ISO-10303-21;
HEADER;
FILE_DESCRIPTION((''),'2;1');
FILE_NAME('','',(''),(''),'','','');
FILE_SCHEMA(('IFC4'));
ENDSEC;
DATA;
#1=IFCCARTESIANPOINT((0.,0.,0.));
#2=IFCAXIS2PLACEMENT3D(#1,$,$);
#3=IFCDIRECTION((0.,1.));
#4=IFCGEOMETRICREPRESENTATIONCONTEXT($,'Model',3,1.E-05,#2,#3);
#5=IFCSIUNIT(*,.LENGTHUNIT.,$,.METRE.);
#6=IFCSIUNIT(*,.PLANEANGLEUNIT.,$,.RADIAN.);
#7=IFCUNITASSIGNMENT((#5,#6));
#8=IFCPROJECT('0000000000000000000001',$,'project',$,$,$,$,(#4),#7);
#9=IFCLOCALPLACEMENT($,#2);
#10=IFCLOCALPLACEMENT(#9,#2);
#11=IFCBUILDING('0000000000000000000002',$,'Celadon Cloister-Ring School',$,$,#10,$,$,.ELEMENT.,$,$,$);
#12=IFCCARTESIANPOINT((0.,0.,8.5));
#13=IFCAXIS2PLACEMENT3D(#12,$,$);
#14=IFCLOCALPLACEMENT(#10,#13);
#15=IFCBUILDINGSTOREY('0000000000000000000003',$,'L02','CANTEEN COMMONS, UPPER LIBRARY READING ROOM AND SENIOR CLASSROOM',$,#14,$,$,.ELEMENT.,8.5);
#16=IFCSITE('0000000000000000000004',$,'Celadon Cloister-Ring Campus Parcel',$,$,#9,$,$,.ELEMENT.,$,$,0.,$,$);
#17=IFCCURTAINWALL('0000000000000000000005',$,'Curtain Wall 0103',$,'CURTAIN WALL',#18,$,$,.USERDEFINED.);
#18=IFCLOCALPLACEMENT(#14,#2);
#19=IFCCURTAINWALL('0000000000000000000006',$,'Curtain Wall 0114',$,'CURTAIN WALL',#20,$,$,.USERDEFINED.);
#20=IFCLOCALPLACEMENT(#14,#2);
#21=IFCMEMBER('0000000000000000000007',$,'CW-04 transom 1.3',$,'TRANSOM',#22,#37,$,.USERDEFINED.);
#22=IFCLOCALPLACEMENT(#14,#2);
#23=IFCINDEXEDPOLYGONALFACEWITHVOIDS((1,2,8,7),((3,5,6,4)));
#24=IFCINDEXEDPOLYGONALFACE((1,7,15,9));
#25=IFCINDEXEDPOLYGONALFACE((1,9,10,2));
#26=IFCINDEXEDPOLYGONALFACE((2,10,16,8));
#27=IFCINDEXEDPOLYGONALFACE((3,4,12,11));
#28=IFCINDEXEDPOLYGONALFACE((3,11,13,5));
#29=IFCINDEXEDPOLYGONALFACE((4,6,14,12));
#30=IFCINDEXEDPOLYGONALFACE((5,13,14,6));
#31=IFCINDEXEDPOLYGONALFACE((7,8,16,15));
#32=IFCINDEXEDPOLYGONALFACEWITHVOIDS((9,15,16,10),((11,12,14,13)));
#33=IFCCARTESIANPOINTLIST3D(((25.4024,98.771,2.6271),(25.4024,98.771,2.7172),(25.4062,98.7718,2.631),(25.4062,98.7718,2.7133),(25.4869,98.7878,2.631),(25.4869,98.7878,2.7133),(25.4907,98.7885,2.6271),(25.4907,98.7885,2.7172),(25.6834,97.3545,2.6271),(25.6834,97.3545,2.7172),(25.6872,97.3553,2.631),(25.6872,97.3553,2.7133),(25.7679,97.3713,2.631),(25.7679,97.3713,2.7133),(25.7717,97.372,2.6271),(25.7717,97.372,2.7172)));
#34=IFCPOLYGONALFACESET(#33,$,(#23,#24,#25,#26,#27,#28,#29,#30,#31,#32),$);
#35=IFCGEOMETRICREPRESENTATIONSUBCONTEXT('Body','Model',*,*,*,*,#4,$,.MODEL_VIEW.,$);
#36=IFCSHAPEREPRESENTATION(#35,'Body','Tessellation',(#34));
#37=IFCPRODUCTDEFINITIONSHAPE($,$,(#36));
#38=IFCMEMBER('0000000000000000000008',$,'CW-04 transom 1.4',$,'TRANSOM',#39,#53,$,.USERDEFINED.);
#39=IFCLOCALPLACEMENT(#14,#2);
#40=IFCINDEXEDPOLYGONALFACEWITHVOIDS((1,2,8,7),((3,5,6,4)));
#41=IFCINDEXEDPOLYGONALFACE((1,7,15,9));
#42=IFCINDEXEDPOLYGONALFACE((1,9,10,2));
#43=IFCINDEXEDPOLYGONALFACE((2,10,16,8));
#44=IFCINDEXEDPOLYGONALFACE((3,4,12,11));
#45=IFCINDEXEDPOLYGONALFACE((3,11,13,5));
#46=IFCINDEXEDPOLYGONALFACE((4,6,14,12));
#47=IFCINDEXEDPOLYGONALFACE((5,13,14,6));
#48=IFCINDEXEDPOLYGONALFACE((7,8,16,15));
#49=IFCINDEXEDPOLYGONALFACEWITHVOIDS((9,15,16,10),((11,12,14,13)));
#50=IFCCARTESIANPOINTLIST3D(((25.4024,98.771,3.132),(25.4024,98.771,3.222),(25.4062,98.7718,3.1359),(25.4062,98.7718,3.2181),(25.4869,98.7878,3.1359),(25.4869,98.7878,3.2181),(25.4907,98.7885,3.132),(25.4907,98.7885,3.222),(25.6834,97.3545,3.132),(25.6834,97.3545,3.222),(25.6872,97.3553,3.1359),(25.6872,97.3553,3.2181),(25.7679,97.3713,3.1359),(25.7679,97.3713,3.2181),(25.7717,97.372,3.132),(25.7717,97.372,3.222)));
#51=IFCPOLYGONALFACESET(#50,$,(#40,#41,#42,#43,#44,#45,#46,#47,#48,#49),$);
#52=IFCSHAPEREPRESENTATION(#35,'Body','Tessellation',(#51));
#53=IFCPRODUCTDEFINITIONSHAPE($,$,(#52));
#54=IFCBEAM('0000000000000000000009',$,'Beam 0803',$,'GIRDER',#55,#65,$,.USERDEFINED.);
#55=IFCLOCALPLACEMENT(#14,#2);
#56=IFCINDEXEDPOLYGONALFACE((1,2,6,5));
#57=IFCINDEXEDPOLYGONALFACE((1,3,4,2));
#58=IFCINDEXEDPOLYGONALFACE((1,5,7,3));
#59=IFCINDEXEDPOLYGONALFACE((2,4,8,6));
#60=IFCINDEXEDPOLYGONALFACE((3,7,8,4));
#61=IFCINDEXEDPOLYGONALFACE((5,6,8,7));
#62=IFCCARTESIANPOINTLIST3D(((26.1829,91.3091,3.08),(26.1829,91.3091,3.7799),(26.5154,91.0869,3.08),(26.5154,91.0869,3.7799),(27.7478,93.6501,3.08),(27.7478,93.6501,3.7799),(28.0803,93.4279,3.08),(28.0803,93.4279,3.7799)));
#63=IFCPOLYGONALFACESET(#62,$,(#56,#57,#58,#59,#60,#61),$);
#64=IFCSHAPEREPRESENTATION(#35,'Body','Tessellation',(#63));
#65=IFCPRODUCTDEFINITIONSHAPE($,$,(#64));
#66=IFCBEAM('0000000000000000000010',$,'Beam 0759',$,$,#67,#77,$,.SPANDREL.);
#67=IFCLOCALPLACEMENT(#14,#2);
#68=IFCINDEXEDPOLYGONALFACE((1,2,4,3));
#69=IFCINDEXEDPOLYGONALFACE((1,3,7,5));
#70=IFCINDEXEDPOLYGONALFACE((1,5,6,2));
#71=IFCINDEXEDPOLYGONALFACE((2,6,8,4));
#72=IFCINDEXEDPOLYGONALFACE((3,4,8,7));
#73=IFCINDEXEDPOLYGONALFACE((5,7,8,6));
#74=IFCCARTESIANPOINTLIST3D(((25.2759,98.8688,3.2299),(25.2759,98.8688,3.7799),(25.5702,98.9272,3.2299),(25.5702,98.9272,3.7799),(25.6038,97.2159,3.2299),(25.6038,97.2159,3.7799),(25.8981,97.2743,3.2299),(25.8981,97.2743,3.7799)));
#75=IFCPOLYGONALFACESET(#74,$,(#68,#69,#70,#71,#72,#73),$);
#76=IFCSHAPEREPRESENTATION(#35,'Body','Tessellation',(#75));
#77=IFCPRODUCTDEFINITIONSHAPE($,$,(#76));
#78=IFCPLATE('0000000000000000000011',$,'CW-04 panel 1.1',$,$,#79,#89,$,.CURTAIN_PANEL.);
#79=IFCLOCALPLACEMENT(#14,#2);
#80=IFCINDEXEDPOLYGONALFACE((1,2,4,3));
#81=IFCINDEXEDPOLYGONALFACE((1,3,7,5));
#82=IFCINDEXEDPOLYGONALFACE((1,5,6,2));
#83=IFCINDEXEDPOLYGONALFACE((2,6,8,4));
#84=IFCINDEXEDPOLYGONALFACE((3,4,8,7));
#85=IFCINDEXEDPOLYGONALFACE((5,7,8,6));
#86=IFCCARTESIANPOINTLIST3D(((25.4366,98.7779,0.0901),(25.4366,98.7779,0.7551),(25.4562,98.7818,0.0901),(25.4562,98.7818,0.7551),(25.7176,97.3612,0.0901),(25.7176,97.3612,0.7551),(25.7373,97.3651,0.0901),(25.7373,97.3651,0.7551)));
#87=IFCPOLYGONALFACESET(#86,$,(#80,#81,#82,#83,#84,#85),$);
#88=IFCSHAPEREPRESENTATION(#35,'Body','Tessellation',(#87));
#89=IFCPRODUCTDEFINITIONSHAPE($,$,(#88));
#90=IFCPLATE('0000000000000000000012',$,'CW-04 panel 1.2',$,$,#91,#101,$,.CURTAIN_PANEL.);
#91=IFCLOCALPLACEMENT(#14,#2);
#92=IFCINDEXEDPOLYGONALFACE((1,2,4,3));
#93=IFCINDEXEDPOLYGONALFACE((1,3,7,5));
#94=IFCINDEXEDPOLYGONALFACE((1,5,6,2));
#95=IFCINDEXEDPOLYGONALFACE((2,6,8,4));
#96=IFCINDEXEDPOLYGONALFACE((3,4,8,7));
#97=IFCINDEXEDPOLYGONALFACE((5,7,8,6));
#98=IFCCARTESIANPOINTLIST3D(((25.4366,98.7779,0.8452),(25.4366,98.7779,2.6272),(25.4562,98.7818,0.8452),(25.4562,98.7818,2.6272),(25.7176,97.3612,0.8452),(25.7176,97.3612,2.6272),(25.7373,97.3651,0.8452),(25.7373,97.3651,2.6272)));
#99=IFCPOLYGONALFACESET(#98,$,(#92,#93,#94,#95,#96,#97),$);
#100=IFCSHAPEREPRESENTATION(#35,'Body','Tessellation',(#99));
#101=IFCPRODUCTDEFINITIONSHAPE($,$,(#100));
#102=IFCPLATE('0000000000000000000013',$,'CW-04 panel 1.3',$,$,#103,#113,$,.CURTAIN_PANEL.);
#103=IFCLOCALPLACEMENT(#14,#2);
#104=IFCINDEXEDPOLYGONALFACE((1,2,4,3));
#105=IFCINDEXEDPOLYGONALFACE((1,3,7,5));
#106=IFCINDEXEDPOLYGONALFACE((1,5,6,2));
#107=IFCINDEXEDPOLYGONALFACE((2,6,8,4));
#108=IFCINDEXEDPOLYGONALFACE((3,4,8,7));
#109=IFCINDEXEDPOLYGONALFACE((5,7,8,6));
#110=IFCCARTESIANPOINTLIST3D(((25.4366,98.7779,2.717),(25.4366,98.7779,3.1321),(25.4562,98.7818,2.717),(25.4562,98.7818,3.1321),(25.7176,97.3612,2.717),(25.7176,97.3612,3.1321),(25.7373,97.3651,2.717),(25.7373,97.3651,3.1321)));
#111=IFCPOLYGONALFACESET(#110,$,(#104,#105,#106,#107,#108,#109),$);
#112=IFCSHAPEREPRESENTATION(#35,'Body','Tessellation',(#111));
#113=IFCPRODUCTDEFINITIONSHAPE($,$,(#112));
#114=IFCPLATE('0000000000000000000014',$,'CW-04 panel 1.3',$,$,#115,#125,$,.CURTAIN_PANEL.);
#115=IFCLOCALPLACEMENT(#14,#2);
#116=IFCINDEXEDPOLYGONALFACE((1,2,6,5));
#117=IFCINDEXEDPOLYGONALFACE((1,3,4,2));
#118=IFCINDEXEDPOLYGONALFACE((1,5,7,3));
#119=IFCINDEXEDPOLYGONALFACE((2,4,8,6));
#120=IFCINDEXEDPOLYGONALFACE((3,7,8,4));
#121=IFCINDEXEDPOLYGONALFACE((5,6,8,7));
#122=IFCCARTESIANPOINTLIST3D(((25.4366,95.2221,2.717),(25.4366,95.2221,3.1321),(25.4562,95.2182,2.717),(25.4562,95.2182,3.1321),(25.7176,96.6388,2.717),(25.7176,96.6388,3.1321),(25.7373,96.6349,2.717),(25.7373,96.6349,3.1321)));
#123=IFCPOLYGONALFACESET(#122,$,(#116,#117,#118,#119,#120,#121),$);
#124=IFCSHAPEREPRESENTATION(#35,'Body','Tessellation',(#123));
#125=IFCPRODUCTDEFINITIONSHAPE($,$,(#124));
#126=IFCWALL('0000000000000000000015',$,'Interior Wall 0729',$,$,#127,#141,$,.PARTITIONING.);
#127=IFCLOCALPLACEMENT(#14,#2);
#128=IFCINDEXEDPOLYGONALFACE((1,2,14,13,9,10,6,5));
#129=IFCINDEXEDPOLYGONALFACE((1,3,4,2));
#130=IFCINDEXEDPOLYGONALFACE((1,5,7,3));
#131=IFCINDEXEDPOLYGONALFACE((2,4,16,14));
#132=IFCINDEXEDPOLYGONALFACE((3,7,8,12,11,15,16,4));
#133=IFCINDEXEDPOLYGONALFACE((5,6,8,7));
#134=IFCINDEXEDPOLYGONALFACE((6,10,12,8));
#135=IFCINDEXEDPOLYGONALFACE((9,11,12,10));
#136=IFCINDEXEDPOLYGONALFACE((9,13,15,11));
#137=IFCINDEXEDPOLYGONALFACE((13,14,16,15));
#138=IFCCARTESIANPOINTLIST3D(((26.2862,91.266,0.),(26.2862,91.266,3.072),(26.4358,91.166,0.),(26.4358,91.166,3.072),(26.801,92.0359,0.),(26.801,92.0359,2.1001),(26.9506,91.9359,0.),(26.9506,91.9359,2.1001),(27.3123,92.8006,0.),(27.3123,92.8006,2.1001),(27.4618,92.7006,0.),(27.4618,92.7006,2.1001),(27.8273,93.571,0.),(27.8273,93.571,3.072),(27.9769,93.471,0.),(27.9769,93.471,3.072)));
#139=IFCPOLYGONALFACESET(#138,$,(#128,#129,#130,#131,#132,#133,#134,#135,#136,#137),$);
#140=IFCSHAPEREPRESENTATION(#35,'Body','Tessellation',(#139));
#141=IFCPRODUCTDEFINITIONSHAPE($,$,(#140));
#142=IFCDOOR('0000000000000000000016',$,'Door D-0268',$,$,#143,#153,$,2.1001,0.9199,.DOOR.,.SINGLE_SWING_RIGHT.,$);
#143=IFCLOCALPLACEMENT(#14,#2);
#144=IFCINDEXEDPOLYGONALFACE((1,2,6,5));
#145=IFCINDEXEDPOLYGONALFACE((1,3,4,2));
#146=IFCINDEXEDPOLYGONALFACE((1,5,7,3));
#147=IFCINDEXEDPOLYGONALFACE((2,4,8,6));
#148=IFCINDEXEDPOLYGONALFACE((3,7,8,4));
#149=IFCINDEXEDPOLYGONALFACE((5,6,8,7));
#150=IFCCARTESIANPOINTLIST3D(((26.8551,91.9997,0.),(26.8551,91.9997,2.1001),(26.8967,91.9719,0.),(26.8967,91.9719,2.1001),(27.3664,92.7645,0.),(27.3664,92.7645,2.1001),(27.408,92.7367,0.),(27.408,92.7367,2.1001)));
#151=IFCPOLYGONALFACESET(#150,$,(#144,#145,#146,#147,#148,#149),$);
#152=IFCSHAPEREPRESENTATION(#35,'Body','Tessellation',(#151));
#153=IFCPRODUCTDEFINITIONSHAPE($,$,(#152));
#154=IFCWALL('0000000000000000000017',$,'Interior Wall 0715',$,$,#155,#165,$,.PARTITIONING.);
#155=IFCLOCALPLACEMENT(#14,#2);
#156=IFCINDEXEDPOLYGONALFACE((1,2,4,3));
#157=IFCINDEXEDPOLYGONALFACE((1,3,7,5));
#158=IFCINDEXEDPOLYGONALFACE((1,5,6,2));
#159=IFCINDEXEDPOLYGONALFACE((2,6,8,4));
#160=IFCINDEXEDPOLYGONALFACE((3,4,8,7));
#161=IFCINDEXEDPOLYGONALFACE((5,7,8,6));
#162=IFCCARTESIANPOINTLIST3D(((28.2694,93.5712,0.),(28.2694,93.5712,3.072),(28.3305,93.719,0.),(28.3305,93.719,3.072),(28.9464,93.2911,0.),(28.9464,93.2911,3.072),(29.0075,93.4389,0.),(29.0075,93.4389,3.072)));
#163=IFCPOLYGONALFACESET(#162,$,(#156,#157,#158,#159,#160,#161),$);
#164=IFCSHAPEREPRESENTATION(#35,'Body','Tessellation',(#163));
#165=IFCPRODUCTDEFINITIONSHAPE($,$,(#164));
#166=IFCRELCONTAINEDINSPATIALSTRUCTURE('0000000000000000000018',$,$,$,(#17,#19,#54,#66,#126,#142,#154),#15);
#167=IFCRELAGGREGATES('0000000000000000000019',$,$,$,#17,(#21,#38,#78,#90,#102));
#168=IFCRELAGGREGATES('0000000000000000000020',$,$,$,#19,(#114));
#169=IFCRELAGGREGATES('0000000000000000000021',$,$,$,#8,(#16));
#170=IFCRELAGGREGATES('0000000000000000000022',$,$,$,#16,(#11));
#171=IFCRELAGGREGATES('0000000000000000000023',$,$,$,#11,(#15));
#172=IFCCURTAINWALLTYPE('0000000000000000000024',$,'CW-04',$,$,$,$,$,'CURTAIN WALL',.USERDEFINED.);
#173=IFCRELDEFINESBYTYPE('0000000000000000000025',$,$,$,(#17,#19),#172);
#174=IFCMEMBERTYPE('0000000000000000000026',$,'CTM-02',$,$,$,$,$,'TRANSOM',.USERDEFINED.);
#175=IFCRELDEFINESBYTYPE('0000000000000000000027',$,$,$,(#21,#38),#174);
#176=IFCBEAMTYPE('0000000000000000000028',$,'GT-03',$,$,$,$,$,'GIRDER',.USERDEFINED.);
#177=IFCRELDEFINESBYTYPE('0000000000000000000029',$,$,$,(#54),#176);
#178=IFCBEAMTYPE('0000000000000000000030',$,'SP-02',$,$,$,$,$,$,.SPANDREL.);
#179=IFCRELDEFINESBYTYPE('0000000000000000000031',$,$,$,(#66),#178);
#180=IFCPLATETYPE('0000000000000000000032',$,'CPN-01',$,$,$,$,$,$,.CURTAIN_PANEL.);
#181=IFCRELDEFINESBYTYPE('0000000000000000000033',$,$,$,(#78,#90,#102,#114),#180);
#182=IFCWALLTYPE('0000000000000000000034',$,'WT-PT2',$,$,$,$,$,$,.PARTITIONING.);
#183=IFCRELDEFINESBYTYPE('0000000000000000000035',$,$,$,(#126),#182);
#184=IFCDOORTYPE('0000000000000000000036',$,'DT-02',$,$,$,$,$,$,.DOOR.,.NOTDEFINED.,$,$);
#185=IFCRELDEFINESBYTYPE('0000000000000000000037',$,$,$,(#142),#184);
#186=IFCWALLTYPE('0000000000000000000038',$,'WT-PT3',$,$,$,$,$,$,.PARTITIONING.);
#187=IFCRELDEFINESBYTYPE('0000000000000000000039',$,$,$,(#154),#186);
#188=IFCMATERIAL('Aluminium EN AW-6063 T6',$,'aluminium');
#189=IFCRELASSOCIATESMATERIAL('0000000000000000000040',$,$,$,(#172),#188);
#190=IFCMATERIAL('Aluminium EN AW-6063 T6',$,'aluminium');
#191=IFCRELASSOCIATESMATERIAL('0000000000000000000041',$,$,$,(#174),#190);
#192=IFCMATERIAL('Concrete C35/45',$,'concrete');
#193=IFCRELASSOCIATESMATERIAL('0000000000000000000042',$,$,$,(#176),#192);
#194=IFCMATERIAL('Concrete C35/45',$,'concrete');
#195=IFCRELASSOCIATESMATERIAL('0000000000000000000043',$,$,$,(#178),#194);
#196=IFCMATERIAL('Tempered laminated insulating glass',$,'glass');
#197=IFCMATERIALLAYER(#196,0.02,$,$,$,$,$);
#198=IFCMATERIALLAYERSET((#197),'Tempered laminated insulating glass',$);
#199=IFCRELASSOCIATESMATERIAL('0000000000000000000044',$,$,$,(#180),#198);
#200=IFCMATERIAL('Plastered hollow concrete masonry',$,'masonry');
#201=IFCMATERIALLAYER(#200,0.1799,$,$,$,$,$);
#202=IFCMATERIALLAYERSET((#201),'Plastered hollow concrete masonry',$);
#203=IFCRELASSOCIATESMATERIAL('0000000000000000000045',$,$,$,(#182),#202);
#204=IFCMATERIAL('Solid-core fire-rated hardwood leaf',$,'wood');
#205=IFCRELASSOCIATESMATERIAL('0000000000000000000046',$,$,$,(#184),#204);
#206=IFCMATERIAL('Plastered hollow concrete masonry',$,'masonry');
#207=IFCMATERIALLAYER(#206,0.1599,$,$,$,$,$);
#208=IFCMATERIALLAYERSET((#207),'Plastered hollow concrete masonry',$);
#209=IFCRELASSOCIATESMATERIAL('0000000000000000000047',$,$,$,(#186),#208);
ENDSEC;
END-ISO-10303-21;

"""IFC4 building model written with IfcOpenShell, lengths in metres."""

from ifc_helpers import new_model, si_unit, direction, frame, frame_2d, origin, origin_2d, place, context, subcontext, project, spatial, rectangle, hollow_rectangle, extrude, material, layer, layer_set, material_profile, profile_set, type_object, element, fill, aggregate, save


model = new_model("IFC4")

# Units and contexts
model_context = context("Model", 3, precision=1e-05, world=origin(), true_north=direction((0.0, 1.0)))
body_context = subcontext(model_context, "Body", "Model", "MODEL_VIEW")
ifc_project = project(units=[si_unit("LENGTHUNIT", "METRE"), si_unit("PLANEANGLEUNIT", "RADIAN")], contexts=[model_context])

# Site, building, storey
site_placement = place(None, origin())
site = spatial("IfcSite", under=ifc_project, at=site_placement, Name="Celadon Cloister-Ring Campus Parcel", CompositionType="ELEMENT", RefElevation=0.0)
building_placement = place(site_placement, origin())
building = spatial("IfcBuilding", under=site, at=building_placement, Name="Celadon Cloister-Ring School", CompositionType="ELEMENT")
storey_placement = place(building_placement, frame((0.0, 0.0, 8.5)))
storey = spatial("IfcBuildingStorey", under=building, at=storey_placement, Name="L02", Description="CANTEEN COMMONS, UPPER LIBRARY READING ROOM AND SENIOR CLASSROOM", CompositionType="ELEMENT", Elevation=8.5)

# Curtain walls
ifc_material_1 = material(Name="Aluminium EN AW-6063 T6", Category="aluminium")
curtain_wall_type = type_object("IfcCurtainWallType", Name="CW-04", ElementType="CURTAIN WALL", PredefinedType="USERDEFINED", material=ifc_material_1)
curtain_wall_1_placement = place(storey_placement, origin())
curtain_wall_1 = element("IfcCurtainWall", 1, at=curtain_wall_1_placement, inside=storey, type_object=curtain_wall_type, Name="Curtain Wall 0103", ObjectType="CURTAIN WALL", PredefinedType="USERDEFINED")
curtain_wall_2_placement = place(storey_placement, origin())
curtain_wall_2 = element("IfcCurtainWall", 2, at=curtain_wall_2_placement, inside=storey, type_object=curtain_wall_type, Name="Curtain Wall 0114", ObjectType="CURTAIN WALL", PredefinedType="USERDEFINED")

# Members
ifc_material_2 = material(Name="Aluminium EN AW-6063 T6", Category="aluminium")
ifc_material_profile_1 = material_profile(ifc_material_2, hollow_rectangle(XDim=0.0901, YDim=0.0901, WallThickness=0.0039, at=origin_2d()), Name="RHS90X90X4")
ifc_profile_set_1 = profile_set([ifc_material_profile_1], Name="Aluminium EN AW-6063 T6")
member_type_1 = type_object("IfcMemberType", Name="CTM-02", ElementType="TRANSOM", PredefinedType="USERDEFINED", material=ifc_profile_set_1)
member_1_placement = place(storey_placement, frame((25.7275, 97.3633, 2.6721), z_axis=(-0.194588, 0.980885, 0.0), x_axis=(-0.980885, -0.194588, 0.0)))
member_1 = element("IfcMember", 3, at=member_1_placement, type_object=member_type_1, Name="CW-04 transom 1.3", ObjectType="TRANSOM", PredefinedType="USERDEFINED", context=body_context, shape_type="SweptSolid", body=[
    extrude(hollow_rectangle(XDim=0.0901, YDim=0.0901, WallThickness=0.0039, at=origin_2d()), origin(), (0.0, 0.0, 1.0), 1.4441),
])
member_2_placement = place(storey_placement, frame((25.7275, 97.3633, 3.177), z_axis=(-0.194588, 0.980885, 0.0), x_axis=(-0.980885, -0.194588, 0.0)))
member_2 = element("IfcMember", 4, at=member_2_placement, type_object=member_type_1, Name="CW-04 transom 1.4", ObjectType="TRANSOM", PredefinedType="USERDEFINED", context=body_context, shape_type="SweptSolid", body=[
    extrude(hollow_rectangle(XDim=0.0901, YDim=0.0901, WallThickness=0.0039, at=origin_2d()), origin(), (0.0, 0.0, 1.0), 1.4441),
])

# Beams
ifc_material_3 = material(Name="Concrete C35/45", Category="concrete")
ifc_material_profile_2 = material_profile(ifc_material_3, rectangle(XDim=0.3999, YDim=0.7, at=origin_2d()), Name="RC400X700")
ifc_profile_set_2 = profile_set([ifc_material_profile_2], Name="Concrete C35/45")
beam_type_1 = type_object("IfcBeamType", Name="GT-03", ElementType="GIRDER", PredefinedType="USERDEFINED", material=ifc_profile_set_2)
beam_1_placement = place(storey_placement, frame((26.3491, 91.198, 3.4299), z_axis=(0.55574, 0.831356, 0.0), x_axis=(-0.831356, 0.55574, 0.0)))
element("IfcBeam", 5, at=beam_1_placement, inside=storey, type_object=beam_type_1, Name="Beam 0803", ObjectType="GIRDER", PredefinedType="USERDEFINED", context=body_context, shape_type="SweptSolid", body=[
    extrude(rectangle(XDim=0.3999, YDim=0.7, at=origin_2d()), origin(), (0.0, 0.0, 1.0), 2.8159),
])
ifc_material_4 = material(Name="Concrete C35/45", Category="concrete")
ifc_material_profile_3 = material_profile(ifc_material_4, rectangle(XDim=0.3, YDim=0.55, at=origin_2d()), Name="RC300X550")
ifc_profile_set_3 = profile_set([ifc_material_profile_3], Name="Concrete C35/45")
beam_type_2 = type_object("IfcBeamType", Name="SP-02", PredefinedType="SPANDREL", material=ifc_profile_set_3)
beam_2_placement = place(storey_placement, frame((25.751, 97.2451, 3.5049), z_axis=(-0.194583, 0.980886, 0.0), x_axis=(-0.980886, -0.194583, 0.0)))
element("IfcBeam", 6, at=beam_2_placement, inside=storey, type_object=beam_type_2, Name="Beam 0759", PredefinedType="SPANDREL", context=body_context, shape_type="SweptSolid", body=[
    extrude(rectangle(XDim=0.3, YDim=0.55, at=origin_2d()), origin(), (0.0, 0.0, 1.0), 1.6851),
])

# Plates
ifc_material_5 = material(Name="Tempered laminated insulating glass", Category="glass")
ifc_layer_1 = layer(ifc_material_5, 0.02)
ifc_layer_set_1 = layer_set([ifc_layer_1], Name="Tempered laminated insulating glass")
plate_type = type_object("IfcPlateType", Name="CPN-01", PredefinedType="CURTAIN_PANEL", material=ifc_layer_set_1)
plate_1_placement = place(storey_placement, frame((25.5869, 98.0715, 0.0901), z_axis=(0.0, 0.0, 1.0), x_axis=(-0.194586, 0.980885, 0.0)))
plate_1 = element("IfcPlate", 7, at=plate_1_placement, type_object=plate_type, Name="CW-04 panel 1.1", PredefinedType="CURTAIN_PANEL", context=body_context, shape_type="SweptSolid", body=[
    extrude(rectangle(XDim=1.4443, YDim=0.02, at=origin_2d()), origin(), (0.0, 0.0, 1.0), 0.665),
])
plate_2_placement = place(storey_placement, frame((25.5869, 98.0715, 0.8452), z_axis=(0.0, 0.0, 1.0), x_axis=(-0.194586, 0.980885, 0.0)))
plate_2 = element("IfcPlate", 8, at=plate_2_placement, type_object=plate_type, Name="CW-04 panel 1.2", PredefinedType="CURTAIN_PANEL", context=body_context, shape_type="SweptSolid", body=[
    extrude(rectangle(XDim=1.4443, YDim=0.02, at=origin_2d()), origin(), (0.0, 0.0, 1.0), 1.782),
])
plate_3_placement = place(storey_placement, frame((25.5869, 98.0715, 2.717), z_axis=(0.0, 0.0, 1.0), x_axis=(-0.194586, 0.980885, 0.0)))
plate_3 = element("IfcPlate", 9, at=plate_3_placement, type_object=plate_type, Name="CW-04 panel 1.3", PredefinedType="CURTAIN_PANEL", context=body_context, shape_type="SweptSolid", body=[
    extrude(rectangle(XDim=1.4443, YDim=0.02, at=origin_2d()), origin(), (0.0, 0.0, 1.0), 0.415),
])
aggregate(curtain_wall_1, [member_1, member_2, plate_1, plate_2, plate_3])
plate_4_placement = place(storey_placement, frame((25.5869, 95.9285, 2.717), z_axis=(0.0, 0.0, 1.0), x_axis=(0.194586, 0.980885, 0.0)))
plate_4 = element("IfcPlate", 10, at=plate_4_placement, type_object=plate_type, Name="CW-04 panel 1.3", PredefinedType="CURTAIN_PANEL", context=body_context, shape_type="SweptSolid", body=[
    extrude(rectangle(XDim=1.4443, YDim=0.02, at=origin_2d()), origin(), (0.0, 0.0, 1.0), 0.415),
])
aggregate(curtain_wall_2, [plate_4])

# Wall, opening, door
ifc_material_6 = material(Name="Plastered hollow concrete masonry", Category="masonry")
ifc_layer_2 = layer(ifc_material_6, 0.1799)
ifc_layer_set_2 = layer_set([ifc_layer_2], Name="Plastered hollow concrete masonry")
wall_type_1 = type_object("IfcWallType", Name="WT-PT2", PredefinedType="PARTITIONING", material=ifc_layer_set_2)
wall_1_placement = place(storey_placement, frame((26.3611, 91.2161, 0.0), z_axis=(0.0, 0.0, 1.0), x_axis=(0.555797, 0.831318, 0.0)))
wall_1 = element("IfcWall", 11, at=wall_1_placement, inside=storey, type_object=wall_type_1, Name="Interior Wall 0729", PredefinedType="PARTITIONING", context=body_context, shape_type="SweptSolid", body=[
    extrude(rectangle(XDim=2.7727, YDim=0.1799, at=frame_2d((1.3862, 0.0))), origin(), (0.0, 0.0, 1.0), 3.072),
])
opening_placement = place(wall_1_placement, frame((0.926, 0.0, 0.0)))
opening = element("IfcOpeningElement", 12, at=opening_placement, cuts=wall_1, PredefinedType="OPENING", context=body_context, shape_type="SweptSolid", body=[
    extrude(rectangle(XDim=0.9199, YDim=2.1001, at=frame_2d((0.46, 1.05))), frame((0.0, 0.1001, 0.0), z_axis=(0.0, -1.0, 0.0), x_axis=(1.0, 0.0, 0.0)), (0.0, 0.0, 1.0), 0.2),
])
ifc_material_7 = material(Name="Solid-core fire-rated hardwood leaf", Category="wood")
door_type = type_object("IfcDoorType", Name="DT-02", OperationType="NOTDEFINED", PredefinedType="DOOR", material=ifc_material_7)
door_placement = place(opening_placement, origin())
door = element("IfcDoor", 13, at=door_placement, inside=storey, type_object=door_type, Name="Door D-0268", OperationType="SINGLE_SWING_RIGHT", OverallHeight=2.1001, OverallWidth=0.9199, PredefinedType="DOOR", context=body_context, shape_type="SweptSolid", body=[
    extrude(rectangle(XDim=0.9199, YDim=2.1001, at=frame_2d((0.46, 1.05))), frame((0.0, 0.0249, 0.0), z_axis=(0.0, -1.0, 0.0), x_axis=(1.0, 0.0, 0.0)), (0.0, 0.0, 1.0), 0.05),
])
fill(opening, door)

# Wall
ifc_material_8 = material(Name="Plastered hollow concrete masonry", Category="masonry")
ifc_layer_3 = layer(ifc_material_8, 0.1599)
ifc_layer_set_3 = layer_set([ifc_layer_3], Name="Plastered hollow concrete masonry")
wall_type_2 = type_object("IfcWallType", Name="WT-PT3", PredefinedType="PARTITIONING", material=ifc_layer_set_3)
wall_2_placement = place(storey_placement, frame((28.3, 93.645, 0.0), z_axis=(0.0, 0.0, 1.0), x_axis=(0.92407, -0.382224, 0.0)))
element("IfcWall", 14, at=wall_2_placement, inside=storey, type_object=wall_type_2, Name="Interior Wall 0715", PredefinedType="PARTITIONING", context=body_context, shape_type="SweptSolid", body=[
    extrude(rectangle(XDim=0.7327, YDim=0.1599, at=frame_2d((0.3662, 0.0))), origin(), (0.0, 0.0, 1.0), 3.072),
])

save(model, "model.ifc")
